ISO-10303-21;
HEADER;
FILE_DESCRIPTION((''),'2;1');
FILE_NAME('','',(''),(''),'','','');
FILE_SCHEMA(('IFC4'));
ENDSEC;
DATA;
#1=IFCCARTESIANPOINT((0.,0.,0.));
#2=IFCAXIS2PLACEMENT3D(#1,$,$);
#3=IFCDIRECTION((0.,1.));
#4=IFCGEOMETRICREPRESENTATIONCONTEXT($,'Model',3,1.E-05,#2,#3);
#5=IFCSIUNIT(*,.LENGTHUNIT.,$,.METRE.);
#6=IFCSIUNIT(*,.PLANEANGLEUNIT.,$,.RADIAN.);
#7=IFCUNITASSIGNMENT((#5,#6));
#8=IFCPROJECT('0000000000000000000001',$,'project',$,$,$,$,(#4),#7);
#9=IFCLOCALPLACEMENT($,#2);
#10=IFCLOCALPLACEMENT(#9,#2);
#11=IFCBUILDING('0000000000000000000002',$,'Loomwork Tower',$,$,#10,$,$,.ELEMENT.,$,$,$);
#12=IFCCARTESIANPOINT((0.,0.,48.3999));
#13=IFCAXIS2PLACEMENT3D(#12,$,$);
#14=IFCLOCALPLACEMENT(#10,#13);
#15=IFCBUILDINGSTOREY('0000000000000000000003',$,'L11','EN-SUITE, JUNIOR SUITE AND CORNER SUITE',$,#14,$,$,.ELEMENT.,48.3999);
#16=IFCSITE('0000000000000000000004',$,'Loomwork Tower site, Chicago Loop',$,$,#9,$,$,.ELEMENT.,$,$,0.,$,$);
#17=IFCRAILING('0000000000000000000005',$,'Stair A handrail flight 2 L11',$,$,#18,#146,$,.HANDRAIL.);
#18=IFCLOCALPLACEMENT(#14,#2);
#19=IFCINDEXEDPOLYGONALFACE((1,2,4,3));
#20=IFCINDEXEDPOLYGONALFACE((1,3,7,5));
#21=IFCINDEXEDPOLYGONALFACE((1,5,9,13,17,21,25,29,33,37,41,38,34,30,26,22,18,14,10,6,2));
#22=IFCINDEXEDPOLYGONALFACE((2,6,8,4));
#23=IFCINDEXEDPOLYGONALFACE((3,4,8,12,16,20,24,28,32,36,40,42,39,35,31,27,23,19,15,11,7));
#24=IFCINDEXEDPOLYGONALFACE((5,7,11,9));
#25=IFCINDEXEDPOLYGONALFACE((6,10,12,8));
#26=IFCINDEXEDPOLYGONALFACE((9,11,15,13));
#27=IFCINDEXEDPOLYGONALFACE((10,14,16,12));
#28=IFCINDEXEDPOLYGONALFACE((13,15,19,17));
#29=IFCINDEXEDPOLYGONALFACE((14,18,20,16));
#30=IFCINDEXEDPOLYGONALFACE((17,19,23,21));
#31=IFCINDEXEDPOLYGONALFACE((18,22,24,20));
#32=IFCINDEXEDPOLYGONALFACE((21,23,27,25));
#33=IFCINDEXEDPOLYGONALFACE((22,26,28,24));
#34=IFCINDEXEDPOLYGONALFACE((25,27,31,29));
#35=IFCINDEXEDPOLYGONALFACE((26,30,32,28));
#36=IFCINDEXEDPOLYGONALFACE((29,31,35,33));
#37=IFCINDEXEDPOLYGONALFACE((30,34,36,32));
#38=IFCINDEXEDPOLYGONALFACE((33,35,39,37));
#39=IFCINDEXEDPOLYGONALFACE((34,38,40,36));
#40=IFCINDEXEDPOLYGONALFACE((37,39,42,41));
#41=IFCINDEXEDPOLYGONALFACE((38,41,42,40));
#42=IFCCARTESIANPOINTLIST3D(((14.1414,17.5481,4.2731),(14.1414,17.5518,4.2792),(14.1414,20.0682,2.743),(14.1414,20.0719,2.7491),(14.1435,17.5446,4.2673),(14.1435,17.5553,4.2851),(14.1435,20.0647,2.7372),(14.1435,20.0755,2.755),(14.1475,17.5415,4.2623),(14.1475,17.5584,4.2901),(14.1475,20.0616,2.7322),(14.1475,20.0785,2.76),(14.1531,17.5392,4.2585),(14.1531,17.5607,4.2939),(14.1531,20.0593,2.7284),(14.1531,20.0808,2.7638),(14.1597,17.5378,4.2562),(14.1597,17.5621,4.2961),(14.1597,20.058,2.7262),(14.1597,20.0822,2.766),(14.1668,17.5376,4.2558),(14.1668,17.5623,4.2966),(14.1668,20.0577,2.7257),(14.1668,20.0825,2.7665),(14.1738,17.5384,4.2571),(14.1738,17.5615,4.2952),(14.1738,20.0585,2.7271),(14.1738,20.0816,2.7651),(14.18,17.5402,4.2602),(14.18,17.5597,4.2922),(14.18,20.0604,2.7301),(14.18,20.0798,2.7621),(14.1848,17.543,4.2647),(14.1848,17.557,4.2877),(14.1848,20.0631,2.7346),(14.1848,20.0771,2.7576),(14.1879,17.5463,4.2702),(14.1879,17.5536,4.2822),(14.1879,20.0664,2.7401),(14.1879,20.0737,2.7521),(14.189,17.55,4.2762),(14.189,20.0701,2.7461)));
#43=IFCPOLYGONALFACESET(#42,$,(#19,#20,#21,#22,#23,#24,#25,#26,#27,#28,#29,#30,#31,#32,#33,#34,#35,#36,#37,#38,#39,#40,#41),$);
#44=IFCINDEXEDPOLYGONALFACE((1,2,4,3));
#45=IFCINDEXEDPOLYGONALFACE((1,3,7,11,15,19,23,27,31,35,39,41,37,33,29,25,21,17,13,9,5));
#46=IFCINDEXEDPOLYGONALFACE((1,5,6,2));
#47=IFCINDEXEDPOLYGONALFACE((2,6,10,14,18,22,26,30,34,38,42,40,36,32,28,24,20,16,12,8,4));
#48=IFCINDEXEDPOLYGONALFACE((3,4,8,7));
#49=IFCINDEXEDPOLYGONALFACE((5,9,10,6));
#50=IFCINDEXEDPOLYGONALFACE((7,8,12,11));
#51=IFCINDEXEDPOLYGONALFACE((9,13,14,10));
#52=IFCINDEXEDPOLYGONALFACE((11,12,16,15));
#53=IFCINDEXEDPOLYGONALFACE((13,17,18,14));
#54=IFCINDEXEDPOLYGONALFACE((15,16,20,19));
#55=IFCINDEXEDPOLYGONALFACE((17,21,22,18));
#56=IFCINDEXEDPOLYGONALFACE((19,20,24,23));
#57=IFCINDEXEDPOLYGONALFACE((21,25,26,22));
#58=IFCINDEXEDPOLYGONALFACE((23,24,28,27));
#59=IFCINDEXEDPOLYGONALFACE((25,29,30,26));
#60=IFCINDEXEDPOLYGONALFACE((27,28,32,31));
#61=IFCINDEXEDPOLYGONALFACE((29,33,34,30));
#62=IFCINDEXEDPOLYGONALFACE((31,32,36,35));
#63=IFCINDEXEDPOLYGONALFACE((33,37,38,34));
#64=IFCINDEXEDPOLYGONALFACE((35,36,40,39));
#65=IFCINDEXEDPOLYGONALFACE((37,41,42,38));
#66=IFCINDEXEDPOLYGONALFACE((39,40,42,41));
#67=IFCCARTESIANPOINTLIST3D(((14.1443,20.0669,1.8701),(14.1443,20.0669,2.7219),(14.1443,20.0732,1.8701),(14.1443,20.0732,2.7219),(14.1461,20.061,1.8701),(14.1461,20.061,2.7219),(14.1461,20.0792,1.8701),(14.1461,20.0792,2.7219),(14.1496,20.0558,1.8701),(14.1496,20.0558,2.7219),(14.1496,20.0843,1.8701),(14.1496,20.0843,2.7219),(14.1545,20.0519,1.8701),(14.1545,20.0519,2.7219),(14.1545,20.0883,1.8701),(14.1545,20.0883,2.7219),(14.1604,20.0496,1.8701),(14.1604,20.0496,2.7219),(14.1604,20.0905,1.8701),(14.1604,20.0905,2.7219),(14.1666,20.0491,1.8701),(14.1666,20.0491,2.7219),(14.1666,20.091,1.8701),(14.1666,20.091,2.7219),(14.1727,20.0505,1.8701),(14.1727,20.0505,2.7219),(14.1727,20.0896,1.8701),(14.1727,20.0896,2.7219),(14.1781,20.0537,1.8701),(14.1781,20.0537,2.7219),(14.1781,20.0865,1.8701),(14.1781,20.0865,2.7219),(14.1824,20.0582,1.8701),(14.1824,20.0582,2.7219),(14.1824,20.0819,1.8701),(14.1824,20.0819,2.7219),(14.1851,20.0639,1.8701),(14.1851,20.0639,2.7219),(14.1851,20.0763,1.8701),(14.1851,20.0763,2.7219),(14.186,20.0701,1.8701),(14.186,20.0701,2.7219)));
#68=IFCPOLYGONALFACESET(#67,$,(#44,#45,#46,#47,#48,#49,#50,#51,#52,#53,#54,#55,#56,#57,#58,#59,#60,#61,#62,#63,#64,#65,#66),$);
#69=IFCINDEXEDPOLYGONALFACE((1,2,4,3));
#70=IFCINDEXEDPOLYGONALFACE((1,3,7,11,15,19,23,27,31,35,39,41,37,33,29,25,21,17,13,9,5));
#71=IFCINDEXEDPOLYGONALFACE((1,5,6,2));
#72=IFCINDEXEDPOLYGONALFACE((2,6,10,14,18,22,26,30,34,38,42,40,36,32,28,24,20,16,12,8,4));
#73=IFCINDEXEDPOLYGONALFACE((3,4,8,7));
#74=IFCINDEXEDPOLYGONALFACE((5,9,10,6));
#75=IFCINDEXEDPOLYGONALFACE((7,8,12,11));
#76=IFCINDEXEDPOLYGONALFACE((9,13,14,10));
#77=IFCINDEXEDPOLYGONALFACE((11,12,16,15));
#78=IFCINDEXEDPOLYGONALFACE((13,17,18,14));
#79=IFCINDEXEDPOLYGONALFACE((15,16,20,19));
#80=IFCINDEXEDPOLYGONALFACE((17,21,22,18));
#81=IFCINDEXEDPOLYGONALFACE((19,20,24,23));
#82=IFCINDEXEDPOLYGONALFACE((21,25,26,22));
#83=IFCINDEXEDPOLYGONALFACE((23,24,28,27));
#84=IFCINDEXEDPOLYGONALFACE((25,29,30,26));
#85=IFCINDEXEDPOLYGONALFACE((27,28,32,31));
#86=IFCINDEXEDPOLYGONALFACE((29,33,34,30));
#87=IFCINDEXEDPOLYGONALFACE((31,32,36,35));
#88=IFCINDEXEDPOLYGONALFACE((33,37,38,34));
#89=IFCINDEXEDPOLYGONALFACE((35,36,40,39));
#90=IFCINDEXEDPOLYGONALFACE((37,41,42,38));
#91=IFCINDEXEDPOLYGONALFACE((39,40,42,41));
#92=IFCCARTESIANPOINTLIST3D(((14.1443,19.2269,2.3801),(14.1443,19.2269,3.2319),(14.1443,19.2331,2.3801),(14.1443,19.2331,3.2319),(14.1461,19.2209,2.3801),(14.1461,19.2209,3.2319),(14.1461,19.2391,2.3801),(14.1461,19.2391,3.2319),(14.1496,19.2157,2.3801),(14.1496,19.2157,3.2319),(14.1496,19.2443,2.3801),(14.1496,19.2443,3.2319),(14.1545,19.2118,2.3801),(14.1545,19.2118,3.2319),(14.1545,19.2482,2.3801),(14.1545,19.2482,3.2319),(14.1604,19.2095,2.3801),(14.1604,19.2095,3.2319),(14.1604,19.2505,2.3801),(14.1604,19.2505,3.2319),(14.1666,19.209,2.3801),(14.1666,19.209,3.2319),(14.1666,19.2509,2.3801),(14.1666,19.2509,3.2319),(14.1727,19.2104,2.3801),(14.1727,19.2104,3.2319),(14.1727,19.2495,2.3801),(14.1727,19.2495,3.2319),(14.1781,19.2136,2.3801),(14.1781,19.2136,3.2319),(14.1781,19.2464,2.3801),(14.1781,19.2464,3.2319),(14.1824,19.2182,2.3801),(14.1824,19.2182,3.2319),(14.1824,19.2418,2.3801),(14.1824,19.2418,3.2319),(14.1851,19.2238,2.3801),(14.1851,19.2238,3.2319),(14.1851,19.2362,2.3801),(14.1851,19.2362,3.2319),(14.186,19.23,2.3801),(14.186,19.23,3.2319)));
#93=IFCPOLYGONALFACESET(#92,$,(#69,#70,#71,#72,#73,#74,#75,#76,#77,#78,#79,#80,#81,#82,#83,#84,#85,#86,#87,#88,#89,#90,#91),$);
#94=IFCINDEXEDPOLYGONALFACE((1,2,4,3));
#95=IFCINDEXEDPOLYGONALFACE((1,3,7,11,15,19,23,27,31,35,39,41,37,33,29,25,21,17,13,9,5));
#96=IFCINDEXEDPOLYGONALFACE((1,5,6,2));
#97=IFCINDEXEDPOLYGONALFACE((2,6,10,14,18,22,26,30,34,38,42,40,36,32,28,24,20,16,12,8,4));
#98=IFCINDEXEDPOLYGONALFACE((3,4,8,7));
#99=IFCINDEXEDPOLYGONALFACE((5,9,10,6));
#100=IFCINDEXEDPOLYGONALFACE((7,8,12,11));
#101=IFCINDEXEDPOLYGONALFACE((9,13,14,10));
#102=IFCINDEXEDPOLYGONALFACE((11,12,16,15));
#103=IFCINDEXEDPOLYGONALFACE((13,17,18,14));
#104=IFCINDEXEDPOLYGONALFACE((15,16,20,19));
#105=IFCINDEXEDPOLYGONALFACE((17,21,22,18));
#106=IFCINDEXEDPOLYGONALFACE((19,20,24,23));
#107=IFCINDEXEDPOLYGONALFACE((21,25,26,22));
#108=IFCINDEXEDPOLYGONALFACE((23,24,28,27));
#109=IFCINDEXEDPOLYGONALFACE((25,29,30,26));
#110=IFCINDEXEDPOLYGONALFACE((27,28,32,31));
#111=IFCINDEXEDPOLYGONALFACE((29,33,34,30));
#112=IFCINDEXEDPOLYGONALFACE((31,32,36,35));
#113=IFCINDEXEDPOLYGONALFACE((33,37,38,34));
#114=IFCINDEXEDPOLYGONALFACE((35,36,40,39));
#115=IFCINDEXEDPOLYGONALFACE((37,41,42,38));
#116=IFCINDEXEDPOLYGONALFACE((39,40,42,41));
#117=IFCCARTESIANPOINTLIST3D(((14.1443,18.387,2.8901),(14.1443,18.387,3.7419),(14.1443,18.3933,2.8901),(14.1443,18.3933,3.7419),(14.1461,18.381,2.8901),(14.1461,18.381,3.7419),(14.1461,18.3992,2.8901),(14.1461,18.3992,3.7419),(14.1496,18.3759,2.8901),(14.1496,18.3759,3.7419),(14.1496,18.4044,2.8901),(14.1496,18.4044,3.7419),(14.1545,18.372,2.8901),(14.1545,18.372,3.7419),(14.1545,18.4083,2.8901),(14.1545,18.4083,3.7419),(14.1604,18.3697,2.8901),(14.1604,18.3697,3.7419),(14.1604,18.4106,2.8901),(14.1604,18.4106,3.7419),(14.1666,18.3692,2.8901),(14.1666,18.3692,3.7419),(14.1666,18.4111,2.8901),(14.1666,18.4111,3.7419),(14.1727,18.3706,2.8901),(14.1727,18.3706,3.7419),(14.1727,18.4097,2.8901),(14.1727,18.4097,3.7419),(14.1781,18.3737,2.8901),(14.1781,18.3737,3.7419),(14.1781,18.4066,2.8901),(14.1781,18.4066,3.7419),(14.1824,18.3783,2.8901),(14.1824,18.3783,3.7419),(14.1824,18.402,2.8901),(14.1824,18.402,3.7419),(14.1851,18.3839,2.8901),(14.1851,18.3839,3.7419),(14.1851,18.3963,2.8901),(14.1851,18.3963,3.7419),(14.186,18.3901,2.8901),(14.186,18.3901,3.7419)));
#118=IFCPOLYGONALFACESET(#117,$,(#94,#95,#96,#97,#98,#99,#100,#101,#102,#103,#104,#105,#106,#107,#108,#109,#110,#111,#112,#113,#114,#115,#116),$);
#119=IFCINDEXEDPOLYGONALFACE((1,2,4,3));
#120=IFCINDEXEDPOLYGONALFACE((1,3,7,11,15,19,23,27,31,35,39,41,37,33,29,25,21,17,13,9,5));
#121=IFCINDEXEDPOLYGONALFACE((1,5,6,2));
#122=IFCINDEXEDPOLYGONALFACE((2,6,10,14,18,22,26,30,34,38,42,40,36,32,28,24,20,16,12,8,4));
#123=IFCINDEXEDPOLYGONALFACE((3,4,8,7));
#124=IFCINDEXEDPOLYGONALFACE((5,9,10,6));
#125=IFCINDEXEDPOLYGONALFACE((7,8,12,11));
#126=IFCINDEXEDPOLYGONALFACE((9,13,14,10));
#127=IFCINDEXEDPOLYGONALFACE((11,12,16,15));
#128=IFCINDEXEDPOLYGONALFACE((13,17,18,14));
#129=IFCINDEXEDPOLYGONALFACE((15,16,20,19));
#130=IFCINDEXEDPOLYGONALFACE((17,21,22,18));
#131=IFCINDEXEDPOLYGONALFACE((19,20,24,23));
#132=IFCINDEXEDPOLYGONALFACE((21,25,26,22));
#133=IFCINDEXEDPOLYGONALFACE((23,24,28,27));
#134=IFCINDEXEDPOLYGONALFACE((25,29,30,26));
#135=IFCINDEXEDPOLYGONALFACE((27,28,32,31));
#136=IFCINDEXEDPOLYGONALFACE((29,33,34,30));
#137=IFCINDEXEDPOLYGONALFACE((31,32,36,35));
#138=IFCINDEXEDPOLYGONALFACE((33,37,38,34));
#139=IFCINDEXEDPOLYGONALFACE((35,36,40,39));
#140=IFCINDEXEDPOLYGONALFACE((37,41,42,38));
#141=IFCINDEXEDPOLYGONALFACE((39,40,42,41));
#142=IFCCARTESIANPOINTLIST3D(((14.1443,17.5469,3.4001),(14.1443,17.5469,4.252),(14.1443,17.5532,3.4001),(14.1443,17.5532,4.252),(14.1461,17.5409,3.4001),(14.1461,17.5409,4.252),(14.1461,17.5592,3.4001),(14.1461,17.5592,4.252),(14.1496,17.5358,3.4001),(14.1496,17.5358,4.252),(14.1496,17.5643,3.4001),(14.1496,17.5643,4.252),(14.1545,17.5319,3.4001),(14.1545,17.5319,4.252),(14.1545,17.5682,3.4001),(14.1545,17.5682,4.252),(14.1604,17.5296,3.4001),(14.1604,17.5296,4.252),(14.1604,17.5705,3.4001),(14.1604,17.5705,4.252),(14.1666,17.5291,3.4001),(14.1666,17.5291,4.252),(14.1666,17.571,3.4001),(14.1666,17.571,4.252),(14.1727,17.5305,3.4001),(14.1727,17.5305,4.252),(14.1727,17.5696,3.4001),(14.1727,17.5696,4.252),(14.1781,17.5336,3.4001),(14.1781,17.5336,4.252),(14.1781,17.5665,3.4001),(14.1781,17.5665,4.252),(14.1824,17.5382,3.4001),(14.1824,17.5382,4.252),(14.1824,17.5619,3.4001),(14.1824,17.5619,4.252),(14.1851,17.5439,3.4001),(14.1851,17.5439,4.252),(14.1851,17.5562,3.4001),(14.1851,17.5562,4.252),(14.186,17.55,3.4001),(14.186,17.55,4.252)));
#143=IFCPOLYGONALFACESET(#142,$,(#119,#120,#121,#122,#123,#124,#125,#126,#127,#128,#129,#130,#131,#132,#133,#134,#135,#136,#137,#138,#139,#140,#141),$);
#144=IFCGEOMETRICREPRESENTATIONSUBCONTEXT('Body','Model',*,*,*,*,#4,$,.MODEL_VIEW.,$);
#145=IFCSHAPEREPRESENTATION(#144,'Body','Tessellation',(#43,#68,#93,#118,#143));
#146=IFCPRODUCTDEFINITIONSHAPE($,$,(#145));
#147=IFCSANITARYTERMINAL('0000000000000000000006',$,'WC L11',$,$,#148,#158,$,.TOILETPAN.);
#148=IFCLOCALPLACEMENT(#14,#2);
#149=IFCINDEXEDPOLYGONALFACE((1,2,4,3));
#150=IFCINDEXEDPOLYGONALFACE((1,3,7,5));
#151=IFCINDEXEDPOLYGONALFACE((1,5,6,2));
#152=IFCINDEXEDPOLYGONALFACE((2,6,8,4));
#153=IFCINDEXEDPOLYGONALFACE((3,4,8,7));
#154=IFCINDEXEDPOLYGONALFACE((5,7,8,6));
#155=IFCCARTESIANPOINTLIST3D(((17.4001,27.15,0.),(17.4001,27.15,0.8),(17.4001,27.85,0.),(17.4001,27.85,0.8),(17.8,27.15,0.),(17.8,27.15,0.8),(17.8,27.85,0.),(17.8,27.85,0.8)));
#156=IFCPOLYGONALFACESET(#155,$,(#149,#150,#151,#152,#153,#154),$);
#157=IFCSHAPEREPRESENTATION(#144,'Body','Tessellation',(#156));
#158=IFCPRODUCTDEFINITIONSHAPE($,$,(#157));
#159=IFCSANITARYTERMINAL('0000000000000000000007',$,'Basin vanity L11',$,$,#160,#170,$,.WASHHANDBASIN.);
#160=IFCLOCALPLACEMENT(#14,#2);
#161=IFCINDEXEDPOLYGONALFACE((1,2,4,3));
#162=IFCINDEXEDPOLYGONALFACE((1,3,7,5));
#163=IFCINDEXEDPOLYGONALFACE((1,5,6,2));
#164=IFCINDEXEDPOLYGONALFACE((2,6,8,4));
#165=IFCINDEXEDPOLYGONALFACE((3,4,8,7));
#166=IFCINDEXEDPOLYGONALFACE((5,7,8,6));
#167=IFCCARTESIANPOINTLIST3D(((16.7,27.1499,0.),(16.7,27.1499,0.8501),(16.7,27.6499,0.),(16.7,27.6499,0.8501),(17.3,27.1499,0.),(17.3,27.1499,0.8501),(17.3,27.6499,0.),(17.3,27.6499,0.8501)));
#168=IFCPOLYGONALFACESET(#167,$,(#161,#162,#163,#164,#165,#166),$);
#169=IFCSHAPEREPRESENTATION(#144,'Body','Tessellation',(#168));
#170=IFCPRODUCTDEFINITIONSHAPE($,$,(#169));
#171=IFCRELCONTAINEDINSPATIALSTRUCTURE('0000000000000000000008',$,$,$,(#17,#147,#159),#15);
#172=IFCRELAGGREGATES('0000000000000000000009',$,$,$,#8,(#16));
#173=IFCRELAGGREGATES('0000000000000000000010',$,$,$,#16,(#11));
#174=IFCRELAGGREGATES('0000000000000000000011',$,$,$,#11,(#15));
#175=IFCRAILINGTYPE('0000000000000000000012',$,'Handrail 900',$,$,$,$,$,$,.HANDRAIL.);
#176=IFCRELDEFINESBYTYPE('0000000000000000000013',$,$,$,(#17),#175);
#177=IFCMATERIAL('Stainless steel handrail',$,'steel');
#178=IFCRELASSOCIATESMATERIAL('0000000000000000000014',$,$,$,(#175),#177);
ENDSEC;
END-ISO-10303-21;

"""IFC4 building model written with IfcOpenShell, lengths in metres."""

from ifc_helpers import new_model, si_unit, direction, frame, origin, origin_2d, place, context, subcontext, project, spatial, rectangle, circle, extrude, material, type_object, element, save


model = new_model("IFC4")

# Units and contexts
model_context = context("Model", 3, precision=1e-05, world=origin(), true_north=direction((0.0, 1.0)))
body_context = subcontext(model_context, "Body", "Model", "MODEL_VIEW")
ifc_project = project(units=[si_unit("LENGTHUNIT", "METRE"), si_unit("PLANEANGLEUNIT", "RADIAN")], contexts=[model_context])

# Site, building, storey
site_placement = place(None, origin())
site = spatial("IfcSite", under=ifc_project, at=site_placement, Name="Loomwork Tower site, Chicago Loop", CompositionType="ELEMENT", RefElevation=0.0)
building_placement = place(site_placement, origin())
building = spatial("IfcBuilding", under=site, at=building_placement, Name="Loomwork Tower", CompositionType="ELEMENT")
storey_placement = place(building_placement, frame((0.0, 0.0, 48.3999)))
storey = spatial("IfcBuildingStorey", under=building, at=storey_placement, Name="L11", Description="EN-SUITE, JUNIOR SUITE AND CORNER SUITE", CompositionType="ELEMENT", Elevation=48.3999)

# Railing
ifc_material_1 = material(Name="Stainless steel handrail", Category="steel")
railing_type = type_object("IfcRailingType", Name="Handrail 900", PredefinedType="HANDRAIL", material=ifc_material_1)
railing_placement = place(storey_placement, frame((14.165, 20.0701, 1.8701)))
element("IfcRailing", 1, at=railing_placement, inside=storey, type_object=railing_type, Name="Stair A handrail flight 2 L11", PredefinedType="HANDRAIL", context=body_context, shape_type="SweptSolid", body=[
    extrude(circle(Radius=0.0239, at=origin_2d()), frame((0.0, 0.0, 0.876), z_axis=(0.0, -0.854785, 0.518982), x_axis=(1.0, 0.0, 0.0)), (0.0, 0.0, 1.0), 2.9482),
    extrude(circle(Radius=0.021, at=origin_2d()), origin(), (0.0, 0.0, 1.0), 0.8518),
    extrude(circle(Radius=0.021, at=origin_2d()), frame((0.0, -0.8401, 0.51)), (0.0, 0.0, 1.0), 0.8518),
    extrude(circle(Radius=0.021, at=origin_2d()), frame((0.0, -1.6799, 1.02)), (0.0, 0.0, 1.0), 0.8518),
    extrude(circle(Radius=0.021, at=origin_2d()), frame((0.0, -2.52, 1.53)), (0.0, 0.0, 1.0), 0.8518),
])

# Sanitary terminals
sanitary_terminal_1_placement = place(storey_placement, frame((17.6001, 27.5, 0.0), z_axis=(0.0, 0.0, 1.0), x_axis=(1.0, 0.0, 0.0)))
element("IfcSanitaryTerminal", 2, at=sanitary_terminal_1_placement, inside=storey, Name="WC L11", PredefinedType="TOILETPAN", context=body_context, shape_type="SweptSolid", body=[
    extrude(rectangle(XDim=0.3999, YDim=0.7, at=origin_2d()), origin(), (0.0, 0.0, 1.0), 0.8),
])
sanitary_terminal_2_placement = place(storey_placement, frame((17.0, 27.3999, 0.0), z_axis=(0.0, 0.0, 1.0), x_axis=(1.0, 0.0, 0.0)))
element("IfcSanitaryTerminal", 3, at=sanitary_terminal_2_placement, inside=storey, Name="Basin vanity L11", PredefinedType="WASHHANDBASIN", context=body_context, shape_type="SweptSolid", body=[
    extrude(rectangle(XDim=0.6001, YDim=0.5, at=origin_2d()), origin(), (0.0, 0.0, 1.0), 0.8501),
])

save(model, "model.ifc")
